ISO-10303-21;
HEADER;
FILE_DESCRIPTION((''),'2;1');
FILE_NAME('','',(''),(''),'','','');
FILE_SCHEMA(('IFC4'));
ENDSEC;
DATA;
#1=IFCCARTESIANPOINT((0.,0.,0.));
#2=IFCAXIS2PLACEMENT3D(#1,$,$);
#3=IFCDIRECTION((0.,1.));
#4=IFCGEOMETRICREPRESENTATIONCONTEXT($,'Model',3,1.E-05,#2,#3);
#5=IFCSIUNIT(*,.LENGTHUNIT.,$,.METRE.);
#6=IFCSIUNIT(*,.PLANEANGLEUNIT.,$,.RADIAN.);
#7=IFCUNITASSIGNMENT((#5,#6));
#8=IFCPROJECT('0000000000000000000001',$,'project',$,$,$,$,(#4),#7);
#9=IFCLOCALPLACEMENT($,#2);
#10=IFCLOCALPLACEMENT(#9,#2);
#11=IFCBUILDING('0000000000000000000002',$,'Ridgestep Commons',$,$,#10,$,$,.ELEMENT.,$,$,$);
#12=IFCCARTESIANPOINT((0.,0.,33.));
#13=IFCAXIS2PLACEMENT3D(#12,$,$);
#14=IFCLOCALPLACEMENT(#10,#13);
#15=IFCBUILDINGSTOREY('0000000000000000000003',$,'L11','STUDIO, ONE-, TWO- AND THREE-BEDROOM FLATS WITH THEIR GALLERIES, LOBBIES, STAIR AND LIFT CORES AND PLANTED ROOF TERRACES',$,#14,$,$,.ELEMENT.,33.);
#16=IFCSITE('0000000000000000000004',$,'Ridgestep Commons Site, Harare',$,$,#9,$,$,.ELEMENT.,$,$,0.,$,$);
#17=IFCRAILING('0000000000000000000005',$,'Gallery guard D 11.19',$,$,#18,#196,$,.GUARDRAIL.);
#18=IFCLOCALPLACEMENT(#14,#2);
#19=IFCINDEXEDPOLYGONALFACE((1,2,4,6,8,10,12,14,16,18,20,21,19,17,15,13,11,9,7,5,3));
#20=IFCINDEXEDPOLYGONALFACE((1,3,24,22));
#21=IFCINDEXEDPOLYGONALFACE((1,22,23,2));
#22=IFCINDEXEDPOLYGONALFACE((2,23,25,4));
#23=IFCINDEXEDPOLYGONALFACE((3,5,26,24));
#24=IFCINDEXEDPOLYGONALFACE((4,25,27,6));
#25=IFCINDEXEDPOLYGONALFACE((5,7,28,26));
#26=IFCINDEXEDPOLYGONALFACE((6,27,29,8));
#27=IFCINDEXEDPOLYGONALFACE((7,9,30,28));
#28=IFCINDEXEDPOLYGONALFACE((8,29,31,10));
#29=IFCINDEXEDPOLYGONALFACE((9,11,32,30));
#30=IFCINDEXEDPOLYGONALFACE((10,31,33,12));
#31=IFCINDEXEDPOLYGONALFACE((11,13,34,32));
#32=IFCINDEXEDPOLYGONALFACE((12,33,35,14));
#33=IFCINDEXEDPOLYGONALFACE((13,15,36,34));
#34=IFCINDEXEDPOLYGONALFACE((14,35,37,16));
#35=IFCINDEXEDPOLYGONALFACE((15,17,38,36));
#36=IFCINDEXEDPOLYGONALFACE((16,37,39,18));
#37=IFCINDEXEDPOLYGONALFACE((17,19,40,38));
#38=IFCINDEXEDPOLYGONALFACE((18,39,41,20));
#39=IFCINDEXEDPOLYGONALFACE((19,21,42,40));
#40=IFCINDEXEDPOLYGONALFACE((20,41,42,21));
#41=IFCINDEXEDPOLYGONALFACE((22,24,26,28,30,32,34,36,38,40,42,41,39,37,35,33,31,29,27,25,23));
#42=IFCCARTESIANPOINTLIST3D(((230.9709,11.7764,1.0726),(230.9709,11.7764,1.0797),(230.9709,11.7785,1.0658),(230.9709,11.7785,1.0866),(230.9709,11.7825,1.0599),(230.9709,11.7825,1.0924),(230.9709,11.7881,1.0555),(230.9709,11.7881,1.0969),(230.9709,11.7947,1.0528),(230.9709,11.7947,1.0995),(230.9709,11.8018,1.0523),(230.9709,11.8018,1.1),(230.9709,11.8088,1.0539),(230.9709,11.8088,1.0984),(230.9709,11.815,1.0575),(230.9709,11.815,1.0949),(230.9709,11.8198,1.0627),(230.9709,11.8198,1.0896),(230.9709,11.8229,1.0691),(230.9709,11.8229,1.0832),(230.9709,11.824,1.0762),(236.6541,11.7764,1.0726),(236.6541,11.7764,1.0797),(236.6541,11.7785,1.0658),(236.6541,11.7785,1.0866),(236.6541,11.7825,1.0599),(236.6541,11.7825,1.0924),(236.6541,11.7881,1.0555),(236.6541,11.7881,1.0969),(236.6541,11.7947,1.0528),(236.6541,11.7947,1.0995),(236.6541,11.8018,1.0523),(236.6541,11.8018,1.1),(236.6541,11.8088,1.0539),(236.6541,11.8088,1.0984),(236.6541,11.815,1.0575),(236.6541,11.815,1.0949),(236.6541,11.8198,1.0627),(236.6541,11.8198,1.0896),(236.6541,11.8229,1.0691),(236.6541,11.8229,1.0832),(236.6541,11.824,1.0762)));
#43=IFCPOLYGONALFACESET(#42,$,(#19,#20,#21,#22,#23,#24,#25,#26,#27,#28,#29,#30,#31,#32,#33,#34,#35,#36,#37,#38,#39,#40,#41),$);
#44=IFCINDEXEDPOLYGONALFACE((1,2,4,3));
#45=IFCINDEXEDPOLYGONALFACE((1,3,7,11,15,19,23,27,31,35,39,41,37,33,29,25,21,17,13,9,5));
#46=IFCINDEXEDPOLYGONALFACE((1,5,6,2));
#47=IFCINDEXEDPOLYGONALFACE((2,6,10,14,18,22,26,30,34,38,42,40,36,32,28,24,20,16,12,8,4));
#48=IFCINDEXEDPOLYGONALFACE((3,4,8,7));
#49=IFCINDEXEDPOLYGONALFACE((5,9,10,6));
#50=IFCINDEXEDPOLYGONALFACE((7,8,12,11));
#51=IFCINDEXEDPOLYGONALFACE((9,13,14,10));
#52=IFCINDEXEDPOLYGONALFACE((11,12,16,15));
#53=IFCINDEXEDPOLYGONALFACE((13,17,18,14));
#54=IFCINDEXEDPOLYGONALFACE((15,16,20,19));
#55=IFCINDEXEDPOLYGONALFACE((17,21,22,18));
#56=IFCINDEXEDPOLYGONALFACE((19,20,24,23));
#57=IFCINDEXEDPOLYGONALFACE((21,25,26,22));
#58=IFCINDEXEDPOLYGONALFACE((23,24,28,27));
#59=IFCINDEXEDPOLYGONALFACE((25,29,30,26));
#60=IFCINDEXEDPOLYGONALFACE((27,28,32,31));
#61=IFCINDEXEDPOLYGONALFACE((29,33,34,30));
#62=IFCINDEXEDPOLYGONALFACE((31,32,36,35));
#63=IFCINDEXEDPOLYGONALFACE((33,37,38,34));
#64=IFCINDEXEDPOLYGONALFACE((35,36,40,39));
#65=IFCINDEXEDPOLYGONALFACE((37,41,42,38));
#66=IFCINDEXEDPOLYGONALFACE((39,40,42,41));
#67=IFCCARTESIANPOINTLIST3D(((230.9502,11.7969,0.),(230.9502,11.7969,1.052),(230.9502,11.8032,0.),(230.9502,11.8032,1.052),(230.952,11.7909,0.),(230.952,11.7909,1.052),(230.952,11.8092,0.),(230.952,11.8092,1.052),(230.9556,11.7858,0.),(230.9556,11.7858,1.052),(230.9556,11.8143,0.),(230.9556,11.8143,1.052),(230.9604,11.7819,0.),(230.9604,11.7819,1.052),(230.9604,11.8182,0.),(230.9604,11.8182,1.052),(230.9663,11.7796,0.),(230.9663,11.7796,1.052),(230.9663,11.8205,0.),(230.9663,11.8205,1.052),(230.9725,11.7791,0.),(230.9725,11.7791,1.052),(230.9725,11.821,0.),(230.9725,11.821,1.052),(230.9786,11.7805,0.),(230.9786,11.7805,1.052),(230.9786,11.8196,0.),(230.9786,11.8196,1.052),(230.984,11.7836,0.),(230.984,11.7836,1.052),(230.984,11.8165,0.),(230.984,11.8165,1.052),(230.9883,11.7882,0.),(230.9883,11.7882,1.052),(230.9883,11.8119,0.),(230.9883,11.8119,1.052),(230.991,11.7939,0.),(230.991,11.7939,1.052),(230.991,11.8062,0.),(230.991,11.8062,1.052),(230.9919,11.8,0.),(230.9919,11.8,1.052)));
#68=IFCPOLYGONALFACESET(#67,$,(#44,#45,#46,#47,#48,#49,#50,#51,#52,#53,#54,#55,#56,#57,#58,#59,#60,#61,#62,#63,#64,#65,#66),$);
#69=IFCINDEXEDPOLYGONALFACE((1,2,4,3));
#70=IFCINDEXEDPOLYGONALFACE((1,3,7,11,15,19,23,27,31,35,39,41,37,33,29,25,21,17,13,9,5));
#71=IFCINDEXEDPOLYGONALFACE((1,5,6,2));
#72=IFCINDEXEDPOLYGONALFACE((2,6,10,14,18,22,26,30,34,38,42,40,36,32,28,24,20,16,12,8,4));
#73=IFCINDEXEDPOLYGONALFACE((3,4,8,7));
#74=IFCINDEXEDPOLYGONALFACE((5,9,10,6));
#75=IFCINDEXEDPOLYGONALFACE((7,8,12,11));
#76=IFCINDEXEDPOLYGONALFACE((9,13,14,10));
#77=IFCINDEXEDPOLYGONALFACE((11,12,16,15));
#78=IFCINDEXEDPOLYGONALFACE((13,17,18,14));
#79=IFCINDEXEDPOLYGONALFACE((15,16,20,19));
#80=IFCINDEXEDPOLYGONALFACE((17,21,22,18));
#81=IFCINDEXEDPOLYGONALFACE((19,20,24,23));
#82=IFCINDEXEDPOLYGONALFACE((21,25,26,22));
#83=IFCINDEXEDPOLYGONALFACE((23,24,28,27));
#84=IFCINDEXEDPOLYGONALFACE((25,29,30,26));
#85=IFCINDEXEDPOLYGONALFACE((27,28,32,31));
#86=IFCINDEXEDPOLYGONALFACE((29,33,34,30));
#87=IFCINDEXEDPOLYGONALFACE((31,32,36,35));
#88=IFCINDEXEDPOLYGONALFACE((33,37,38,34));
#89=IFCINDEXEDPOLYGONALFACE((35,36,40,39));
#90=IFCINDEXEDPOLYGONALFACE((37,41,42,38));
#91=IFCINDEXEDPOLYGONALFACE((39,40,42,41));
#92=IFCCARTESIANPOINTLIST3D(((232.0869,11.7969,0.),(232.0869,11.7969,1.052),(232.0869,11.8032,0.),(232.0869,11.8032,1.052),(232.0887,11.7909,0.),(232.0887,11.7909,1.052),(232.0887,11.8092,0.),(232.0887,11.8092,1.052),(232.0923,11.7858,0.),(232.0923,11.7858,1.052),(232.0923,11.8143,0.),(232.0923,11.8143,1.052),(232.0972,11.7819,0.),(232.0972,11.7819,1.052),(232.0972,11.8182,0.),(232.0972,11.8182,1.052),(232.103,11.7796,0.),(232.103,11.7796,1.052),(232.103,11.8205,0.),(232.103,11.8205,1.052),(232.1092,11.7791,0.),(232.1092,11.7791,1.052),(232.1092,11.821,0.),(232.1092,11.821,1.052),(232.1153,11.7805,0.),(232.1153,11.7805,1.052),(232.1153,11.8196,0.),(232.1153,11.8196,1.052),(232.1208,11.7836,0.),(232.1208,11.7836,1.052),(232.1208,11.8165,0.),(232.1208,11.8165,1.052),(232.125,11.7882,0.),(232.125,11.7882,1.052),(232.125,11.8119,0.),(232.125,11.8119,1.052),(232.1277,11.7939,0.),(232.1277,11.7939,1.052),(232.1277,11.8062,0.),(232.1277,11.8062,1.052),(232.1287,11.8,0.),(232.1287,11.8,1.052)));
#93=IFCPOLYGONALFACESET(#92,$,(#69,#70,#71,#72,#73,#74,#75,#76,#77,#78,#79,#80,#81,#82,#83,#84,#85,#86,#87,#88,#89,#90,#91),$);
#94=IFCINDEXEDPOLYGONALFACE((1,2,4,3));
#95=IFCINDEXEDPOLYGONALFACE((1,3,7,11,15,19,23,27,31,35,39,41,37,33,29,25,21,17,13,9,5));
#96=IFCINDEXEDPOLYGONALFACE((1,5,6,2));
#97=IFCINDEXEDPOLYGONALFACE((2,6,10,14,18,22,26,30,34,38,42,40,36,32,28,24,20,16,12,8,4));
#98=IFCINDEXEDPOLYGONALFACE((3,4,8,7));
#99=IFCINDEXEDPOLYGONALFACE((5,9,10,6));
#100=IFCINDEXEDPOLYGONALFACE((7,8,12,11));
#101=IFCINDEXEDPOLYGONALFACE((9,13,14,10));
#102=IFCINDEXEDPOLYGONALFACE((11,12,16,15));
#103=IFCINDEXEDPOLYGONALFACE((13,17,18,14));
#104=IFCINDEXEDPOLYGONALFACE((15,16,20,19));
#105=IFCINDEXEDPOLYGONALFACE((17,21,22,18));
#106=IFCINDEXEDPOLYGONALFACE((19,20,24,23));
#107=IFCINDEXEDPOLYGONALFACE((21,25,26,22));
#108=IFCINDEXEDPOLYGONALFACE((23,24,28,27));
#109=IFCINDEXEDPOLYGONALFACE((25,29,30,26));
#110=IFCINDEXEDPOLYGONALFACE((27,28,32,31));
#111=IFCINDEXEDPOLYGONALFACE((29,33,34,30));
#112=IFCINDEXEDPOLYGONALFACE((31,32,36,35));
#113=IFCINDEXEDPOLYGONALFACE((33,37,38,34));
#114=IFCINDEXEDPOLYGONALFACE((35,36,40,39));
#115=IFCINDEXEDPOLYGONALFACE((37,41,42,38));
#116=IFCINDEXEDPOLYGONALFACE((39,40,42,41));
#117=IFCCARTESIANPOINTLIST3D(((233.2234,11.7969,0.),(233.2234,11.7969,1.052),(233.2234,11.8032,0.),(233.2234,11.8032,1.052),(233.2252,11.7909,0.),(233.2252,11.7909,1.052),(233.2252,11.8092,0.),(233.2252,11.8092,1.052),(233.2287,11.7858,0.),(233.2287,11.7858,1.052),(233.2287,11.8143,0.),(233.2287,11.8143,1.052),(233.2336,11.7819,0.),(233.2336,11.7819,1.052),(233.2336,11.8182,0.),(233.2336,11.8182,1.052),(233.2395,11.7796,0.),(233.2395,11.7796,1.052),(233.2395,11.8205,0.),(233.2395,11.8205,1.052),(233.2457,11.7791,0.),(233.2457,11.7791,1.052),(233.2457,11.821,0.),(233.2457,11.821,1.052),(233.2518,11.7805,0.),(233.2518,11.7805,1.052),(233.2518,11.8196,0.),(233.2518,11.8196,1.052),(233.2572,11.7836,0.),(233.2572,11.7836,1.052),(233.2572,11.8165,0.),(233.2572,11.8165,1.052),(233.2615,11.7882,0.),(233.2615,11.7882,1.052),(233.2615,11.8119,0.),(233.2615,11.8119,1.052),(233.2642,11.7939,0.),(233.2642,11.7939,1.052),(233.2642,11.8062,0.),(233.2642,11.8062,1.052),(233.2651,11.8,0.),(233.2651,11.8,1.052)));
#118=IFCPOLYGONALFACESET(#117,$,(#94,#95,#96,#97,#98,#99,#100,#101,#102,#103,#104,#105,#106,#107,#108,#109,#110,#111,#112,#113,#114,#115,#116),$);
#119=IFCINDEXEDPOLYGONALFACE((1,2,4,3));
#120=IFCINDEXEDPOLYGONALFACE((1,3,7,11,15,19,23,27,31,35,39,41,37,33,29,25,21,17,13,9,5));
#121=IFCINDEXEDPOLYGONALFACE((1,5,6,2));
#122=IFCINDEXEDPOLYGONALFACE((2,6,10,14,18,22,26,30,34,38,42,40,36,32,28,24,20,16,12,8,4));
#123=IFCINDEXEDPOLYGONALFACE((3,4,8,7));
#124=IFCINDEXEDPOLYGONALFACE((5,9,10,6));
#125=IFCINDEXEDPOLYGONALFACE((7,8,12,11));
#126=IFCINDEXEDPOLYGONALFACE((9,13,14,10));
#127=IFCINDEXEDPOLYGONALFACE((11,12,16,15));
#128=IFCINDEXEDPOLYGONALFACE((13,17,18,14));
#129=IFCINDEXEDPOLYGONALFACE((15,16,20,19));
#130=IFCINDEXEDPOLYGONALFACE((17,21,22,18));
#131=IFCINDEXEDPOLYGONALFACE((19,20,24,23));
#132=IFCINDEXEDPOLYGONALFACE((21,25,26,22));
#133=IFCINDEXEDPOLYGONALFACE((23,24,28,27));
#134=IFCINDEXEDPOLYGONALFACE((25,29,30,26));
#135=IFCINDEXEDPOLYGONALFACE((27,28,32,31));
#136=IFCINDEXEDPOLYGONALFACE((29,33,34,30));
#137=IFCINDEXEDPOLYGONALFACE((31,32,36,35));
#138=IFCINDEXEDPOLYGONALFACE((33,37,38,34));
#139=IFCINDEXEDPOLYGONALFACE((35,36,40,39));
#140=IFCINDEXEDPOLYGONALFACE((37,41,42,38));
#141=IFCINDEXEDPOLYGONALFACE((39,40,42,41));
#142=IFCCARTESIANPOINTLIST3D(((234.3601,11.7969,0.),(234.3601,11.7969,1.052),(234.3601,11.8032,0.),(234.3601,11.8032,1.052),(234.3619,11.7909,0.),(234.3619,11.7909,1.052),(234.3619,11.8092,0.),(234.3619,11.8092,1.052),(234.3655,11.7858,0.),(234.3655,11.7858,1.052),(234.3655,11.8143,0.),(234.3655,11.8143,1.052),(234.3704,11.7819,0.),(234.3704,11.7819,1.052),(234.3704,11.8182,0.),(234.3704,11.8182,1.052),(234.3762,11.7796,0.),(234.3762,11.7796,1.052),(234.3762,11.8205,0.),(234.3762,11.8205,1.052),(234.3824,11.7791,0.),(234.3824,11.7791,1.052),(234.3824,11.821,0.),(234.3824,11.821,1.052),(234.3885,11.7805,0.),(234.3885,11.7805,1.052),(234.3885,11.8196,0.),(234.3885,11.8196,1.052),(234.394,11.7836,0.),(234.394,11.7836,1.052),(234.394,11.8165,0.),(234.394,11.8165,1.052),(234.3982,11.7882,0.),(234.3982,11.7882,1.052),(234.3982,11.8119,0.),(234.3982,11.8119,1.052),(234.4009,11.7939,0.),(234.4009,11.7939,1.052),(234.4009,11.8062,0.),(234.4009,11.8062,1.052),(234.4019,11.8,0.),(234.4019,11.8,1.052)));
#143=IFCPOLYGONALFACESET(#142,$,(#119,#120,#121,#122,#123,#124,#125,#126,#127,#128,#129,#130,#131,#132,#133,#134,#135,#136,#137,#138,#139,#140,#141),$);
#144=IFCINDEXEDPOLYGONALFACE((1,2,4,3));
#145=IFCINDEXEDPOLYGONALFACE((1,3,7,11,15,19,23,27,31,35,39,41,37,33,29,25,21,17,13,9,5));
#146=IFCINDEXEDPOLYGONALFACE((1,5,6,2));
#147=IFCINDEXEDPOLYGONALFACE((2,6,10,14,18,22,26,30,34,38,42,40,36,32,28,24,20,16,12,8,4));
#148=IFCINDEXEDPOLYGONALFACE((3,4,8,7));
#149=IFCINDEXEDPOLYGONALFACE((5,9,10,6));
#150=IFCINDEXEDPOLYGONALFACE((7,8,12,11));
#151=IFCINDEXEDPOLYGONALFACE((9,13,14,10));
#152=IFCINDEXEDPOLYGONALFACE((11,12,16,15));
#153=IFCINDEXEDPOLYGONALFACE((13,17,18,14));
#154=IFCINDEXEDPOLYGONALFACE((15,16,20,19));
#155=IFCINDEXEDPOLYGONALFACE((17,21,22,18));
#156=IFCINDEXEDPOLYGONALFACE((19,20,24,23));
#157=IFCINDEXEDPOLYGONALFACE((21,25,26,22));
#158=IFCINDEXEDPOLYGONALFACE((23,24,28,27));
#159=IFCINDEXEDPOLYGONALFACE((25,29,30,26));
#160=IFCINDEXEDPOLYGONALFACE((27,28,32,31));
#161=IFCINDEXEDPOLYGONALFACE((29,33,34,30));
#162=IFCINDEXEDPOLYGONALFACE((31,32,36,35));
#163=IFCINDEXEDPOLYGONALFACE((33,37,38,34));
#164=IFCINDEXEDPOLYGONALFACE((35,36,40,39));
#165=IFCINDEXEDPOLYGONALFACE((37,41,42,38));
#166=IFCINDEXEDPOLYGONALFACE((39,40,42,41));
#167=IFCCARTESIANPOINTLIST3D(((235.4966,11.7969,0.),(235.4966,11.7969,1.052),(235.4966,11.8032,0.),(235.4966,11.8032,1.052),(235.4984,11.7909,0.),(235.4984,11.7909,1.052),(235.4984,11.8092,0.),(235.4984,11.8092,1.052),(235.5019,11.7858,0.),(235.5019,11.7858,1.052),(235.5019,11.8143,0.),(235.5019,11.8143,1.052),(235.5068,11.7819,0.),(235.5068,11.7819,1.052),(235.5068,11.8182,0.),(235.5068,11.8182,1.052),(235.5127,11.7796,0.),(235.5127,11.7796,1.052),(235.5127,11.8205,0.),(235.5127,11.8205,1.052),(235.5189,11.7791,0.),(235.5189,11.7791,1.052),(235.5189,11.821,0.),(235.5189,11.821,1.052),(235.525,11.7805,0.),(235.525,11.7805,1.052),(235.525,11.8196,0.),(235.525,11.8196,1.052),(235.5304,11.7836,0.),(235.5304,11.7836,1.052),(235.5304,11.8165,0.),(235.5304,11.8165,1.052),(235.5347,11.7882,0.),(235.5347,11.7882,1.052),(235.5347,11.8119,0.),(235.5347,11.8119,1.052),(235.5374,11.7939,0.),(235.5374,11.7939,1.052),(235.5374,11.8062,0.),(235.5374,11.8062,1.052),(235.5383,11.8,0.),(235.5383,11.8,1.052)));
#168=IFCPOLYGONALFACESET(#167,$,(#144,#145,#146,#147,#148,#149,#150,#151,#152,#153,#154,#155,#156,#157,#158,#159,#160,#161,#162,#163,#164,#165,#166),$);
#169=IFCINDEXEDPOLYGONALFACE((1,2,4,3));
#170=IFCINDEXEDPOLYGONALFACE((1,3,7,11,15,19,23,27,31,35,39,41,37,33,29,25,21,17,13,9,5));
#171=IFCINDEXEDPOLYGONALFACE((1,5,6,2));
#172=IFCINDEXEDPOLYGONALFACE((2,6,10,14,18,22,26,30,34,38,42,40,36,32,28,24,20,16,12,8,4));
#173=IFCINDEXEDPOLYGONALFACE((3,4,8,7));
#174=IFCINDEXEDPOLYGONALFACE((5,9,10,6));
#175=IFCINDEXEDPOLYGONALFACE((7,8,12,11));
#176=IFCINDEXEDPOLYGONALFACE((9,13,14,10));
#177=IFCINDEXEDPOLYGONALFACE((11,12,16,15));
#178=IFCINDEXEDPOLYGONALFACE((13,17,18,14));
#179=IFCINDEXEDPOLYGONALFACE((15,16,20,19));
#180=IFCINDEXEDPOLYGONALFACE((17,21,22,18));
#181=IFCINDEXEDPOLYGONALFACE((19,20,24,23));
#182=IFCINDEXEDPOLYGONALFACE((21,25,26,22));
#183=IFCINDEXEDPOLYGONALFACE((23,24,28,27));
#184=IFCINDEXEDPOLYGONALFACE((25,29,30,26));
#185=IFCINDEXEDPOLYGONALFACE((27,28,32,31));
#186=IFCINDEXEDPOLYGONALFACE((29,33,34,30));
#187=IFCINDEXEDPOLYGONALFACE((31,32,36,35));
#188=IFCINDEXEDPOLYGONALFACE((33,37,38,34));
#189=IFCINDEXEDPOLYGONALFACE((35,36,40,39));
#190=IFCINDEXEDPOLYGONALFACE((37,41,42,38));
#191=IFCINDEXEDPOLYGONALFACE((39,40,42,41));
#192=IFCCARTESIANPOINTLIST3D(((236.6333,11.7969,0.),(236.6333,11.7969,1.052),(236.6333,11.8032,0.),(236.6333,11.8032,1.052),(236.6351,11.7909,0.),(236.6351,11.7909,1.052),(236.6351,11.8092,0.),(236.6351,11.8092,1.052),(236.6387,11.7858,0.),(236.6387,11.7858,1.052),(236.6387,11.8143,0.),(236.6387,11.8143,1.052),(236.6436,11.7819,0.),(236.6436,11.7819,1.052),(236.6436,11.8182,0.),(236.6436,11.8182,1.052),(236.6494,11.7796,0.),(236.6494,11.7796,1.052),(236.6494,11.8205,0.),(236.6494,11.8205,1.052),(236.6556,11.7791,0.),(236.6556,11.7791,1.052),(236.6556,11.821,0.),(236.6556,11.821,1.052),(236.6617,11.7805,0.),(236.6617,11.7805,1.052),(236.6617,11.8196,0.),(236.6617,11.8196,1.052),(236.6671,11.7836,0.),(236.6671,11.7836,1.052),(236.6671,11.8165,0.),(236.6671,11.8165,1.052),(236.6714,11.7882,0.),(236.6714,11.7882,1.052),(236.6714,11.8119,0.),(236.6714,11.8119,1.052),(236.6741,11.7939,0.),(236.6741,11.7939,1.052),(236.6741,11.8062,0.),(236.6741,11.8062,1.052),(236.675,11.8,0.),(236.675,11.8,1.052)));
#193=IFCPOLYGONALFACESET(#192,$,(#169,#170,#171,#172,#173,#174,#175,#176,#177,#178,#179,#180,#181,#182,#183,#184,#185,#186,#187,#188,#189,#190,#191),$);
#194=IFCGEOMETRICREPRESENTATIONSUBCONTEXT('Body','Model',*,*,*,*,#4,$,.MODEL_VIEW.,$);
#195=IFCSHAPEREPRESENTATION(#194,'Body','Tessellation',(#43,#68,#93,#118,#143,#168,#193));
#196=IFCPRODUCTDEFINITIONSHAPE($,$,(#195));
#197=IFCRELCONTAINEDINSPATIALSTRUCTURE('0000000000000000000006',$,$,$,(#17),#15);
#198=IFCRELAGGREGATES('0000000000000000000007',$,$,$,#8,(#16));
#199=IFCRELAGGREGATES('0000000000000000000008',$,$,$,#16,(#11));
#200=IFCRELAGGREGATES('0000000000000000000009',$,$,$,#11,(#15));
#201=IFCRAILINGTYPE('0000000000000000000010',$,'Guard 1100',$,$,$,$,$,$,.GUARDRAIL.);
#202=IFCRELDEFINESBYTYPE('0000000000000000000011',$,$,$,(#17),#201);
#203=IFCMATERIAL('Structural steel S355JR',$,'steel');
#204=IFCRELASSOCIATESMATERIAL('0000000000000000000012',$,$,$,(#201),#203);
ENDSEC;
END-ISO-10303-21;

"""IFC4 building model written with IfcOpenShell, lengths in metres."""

from ifc_helpers import new_model, si_unit, direction, frame, origin, origin_2d, place, context, subcontext, project, spatial, circle, extrude, material, type_object, element, save


model = new_model("IFC4")

# Units and contexts
model_context = context("Model", 3, precision=1e-05, world=origin(), true_north=direction((0.0, 1.0)))
body_context = subcontext(model_context, "Body", "Model", "MODEL_VIEW")
ifc_project = project(units=[si_unit("LENGTHUNIT", "METRE"), si_unit("PLANEANGLEUNIT", "RADIAN")], contexts=[model_context])

# Site, building, storey
site_placement = place(None, origin())
site = spatial("IfcSite", under=ifc_project, at=site_placement, Name="Ridgestep Commons Site, Harare", CompositionType="ELEMENT", RefElevation=0.0)
building_placement = place(site_placement, origin())
building = spatial("IfcBuilding", under=site, at=building_placement, Name="Ridgestep Commons", CompositionType="ELEMENT")
storey_placement = place(building_placement, frame((0.0, 0.0, 33.0)))
storey = spatial("IfcBuildingStorey", under=building, at=storey_placement, Name="L11", Description="STUDIO, ONE-, TWO- AND THREE-BEDROOM FLATS WITH THEIR GALLERIES, LOBBIES, STAIR AND LIFT CORES AND PLANTED ROOF TERRACES", CompositionType="ELEMENT", Elevation=33.0)

# Railing
ifc_material_1 = material(Name="Structural steel S355JR", Category="steel")
railing_type_1 = type_object("IfcRailingType", Name="Guard 1100", PredefinedType="GUARDRAIL", material=ifc_material_1)
railing_1_placement = place(storey_placement, frame((230.9709, 11.8, 0.0)))
element("IfcRailing", 1, at=railing_1_placement, inside=storey, type_object=railing_type_1, Name="Gallery guard D 11.19", PredefinedType="GUARDRAIL", context=body_context, shape_type="SweptSolid", body=[
    extrude(circle(Radius=0.0239, at=origin_2d()), frame((0.0, 0.0, 1.0762), z_axis=(1.0, 0.0, 0.0), x_axis=(0.0, 1.0, 0.0)), (0.0, 0.0, 1.0), 5.6831),
    extrude(circle(Radius=0.021, at=origin_2d()), origin(), (0.0, 0.0, 1.0), 1.052),
    extrude(circle(Radius=0.021, at=origin_2d()), frame((1.1367, 0.0, 0.0)), (0.0, 0.0, 1.0), 1.052),
    extrude(circle(Radius=0.021, at=origin_2d()), frame((2.2732, 0.0, 0.0)), (0.0, 0.0, 1.0), 1.052),
    extrude(circle(Radius=0.021, at=origin_2d()), frame((3.4099, 0.0, 0.0)), (0.0, 0.0, 1.0), 1.052),
    extrude(circle(Radius=0.021, at=origin_2d()), frame((4.5464, 0.0, 0.0)), (0.0, 0.0, 1.0), 1.052),
    extrude(circle(Radius=0.021, at=origin_2d()), frame((5.6831, 0.0, 0.0)), (0.0, 0.0, 1.0), 1.052),
])

save(model, "model.ifc")
